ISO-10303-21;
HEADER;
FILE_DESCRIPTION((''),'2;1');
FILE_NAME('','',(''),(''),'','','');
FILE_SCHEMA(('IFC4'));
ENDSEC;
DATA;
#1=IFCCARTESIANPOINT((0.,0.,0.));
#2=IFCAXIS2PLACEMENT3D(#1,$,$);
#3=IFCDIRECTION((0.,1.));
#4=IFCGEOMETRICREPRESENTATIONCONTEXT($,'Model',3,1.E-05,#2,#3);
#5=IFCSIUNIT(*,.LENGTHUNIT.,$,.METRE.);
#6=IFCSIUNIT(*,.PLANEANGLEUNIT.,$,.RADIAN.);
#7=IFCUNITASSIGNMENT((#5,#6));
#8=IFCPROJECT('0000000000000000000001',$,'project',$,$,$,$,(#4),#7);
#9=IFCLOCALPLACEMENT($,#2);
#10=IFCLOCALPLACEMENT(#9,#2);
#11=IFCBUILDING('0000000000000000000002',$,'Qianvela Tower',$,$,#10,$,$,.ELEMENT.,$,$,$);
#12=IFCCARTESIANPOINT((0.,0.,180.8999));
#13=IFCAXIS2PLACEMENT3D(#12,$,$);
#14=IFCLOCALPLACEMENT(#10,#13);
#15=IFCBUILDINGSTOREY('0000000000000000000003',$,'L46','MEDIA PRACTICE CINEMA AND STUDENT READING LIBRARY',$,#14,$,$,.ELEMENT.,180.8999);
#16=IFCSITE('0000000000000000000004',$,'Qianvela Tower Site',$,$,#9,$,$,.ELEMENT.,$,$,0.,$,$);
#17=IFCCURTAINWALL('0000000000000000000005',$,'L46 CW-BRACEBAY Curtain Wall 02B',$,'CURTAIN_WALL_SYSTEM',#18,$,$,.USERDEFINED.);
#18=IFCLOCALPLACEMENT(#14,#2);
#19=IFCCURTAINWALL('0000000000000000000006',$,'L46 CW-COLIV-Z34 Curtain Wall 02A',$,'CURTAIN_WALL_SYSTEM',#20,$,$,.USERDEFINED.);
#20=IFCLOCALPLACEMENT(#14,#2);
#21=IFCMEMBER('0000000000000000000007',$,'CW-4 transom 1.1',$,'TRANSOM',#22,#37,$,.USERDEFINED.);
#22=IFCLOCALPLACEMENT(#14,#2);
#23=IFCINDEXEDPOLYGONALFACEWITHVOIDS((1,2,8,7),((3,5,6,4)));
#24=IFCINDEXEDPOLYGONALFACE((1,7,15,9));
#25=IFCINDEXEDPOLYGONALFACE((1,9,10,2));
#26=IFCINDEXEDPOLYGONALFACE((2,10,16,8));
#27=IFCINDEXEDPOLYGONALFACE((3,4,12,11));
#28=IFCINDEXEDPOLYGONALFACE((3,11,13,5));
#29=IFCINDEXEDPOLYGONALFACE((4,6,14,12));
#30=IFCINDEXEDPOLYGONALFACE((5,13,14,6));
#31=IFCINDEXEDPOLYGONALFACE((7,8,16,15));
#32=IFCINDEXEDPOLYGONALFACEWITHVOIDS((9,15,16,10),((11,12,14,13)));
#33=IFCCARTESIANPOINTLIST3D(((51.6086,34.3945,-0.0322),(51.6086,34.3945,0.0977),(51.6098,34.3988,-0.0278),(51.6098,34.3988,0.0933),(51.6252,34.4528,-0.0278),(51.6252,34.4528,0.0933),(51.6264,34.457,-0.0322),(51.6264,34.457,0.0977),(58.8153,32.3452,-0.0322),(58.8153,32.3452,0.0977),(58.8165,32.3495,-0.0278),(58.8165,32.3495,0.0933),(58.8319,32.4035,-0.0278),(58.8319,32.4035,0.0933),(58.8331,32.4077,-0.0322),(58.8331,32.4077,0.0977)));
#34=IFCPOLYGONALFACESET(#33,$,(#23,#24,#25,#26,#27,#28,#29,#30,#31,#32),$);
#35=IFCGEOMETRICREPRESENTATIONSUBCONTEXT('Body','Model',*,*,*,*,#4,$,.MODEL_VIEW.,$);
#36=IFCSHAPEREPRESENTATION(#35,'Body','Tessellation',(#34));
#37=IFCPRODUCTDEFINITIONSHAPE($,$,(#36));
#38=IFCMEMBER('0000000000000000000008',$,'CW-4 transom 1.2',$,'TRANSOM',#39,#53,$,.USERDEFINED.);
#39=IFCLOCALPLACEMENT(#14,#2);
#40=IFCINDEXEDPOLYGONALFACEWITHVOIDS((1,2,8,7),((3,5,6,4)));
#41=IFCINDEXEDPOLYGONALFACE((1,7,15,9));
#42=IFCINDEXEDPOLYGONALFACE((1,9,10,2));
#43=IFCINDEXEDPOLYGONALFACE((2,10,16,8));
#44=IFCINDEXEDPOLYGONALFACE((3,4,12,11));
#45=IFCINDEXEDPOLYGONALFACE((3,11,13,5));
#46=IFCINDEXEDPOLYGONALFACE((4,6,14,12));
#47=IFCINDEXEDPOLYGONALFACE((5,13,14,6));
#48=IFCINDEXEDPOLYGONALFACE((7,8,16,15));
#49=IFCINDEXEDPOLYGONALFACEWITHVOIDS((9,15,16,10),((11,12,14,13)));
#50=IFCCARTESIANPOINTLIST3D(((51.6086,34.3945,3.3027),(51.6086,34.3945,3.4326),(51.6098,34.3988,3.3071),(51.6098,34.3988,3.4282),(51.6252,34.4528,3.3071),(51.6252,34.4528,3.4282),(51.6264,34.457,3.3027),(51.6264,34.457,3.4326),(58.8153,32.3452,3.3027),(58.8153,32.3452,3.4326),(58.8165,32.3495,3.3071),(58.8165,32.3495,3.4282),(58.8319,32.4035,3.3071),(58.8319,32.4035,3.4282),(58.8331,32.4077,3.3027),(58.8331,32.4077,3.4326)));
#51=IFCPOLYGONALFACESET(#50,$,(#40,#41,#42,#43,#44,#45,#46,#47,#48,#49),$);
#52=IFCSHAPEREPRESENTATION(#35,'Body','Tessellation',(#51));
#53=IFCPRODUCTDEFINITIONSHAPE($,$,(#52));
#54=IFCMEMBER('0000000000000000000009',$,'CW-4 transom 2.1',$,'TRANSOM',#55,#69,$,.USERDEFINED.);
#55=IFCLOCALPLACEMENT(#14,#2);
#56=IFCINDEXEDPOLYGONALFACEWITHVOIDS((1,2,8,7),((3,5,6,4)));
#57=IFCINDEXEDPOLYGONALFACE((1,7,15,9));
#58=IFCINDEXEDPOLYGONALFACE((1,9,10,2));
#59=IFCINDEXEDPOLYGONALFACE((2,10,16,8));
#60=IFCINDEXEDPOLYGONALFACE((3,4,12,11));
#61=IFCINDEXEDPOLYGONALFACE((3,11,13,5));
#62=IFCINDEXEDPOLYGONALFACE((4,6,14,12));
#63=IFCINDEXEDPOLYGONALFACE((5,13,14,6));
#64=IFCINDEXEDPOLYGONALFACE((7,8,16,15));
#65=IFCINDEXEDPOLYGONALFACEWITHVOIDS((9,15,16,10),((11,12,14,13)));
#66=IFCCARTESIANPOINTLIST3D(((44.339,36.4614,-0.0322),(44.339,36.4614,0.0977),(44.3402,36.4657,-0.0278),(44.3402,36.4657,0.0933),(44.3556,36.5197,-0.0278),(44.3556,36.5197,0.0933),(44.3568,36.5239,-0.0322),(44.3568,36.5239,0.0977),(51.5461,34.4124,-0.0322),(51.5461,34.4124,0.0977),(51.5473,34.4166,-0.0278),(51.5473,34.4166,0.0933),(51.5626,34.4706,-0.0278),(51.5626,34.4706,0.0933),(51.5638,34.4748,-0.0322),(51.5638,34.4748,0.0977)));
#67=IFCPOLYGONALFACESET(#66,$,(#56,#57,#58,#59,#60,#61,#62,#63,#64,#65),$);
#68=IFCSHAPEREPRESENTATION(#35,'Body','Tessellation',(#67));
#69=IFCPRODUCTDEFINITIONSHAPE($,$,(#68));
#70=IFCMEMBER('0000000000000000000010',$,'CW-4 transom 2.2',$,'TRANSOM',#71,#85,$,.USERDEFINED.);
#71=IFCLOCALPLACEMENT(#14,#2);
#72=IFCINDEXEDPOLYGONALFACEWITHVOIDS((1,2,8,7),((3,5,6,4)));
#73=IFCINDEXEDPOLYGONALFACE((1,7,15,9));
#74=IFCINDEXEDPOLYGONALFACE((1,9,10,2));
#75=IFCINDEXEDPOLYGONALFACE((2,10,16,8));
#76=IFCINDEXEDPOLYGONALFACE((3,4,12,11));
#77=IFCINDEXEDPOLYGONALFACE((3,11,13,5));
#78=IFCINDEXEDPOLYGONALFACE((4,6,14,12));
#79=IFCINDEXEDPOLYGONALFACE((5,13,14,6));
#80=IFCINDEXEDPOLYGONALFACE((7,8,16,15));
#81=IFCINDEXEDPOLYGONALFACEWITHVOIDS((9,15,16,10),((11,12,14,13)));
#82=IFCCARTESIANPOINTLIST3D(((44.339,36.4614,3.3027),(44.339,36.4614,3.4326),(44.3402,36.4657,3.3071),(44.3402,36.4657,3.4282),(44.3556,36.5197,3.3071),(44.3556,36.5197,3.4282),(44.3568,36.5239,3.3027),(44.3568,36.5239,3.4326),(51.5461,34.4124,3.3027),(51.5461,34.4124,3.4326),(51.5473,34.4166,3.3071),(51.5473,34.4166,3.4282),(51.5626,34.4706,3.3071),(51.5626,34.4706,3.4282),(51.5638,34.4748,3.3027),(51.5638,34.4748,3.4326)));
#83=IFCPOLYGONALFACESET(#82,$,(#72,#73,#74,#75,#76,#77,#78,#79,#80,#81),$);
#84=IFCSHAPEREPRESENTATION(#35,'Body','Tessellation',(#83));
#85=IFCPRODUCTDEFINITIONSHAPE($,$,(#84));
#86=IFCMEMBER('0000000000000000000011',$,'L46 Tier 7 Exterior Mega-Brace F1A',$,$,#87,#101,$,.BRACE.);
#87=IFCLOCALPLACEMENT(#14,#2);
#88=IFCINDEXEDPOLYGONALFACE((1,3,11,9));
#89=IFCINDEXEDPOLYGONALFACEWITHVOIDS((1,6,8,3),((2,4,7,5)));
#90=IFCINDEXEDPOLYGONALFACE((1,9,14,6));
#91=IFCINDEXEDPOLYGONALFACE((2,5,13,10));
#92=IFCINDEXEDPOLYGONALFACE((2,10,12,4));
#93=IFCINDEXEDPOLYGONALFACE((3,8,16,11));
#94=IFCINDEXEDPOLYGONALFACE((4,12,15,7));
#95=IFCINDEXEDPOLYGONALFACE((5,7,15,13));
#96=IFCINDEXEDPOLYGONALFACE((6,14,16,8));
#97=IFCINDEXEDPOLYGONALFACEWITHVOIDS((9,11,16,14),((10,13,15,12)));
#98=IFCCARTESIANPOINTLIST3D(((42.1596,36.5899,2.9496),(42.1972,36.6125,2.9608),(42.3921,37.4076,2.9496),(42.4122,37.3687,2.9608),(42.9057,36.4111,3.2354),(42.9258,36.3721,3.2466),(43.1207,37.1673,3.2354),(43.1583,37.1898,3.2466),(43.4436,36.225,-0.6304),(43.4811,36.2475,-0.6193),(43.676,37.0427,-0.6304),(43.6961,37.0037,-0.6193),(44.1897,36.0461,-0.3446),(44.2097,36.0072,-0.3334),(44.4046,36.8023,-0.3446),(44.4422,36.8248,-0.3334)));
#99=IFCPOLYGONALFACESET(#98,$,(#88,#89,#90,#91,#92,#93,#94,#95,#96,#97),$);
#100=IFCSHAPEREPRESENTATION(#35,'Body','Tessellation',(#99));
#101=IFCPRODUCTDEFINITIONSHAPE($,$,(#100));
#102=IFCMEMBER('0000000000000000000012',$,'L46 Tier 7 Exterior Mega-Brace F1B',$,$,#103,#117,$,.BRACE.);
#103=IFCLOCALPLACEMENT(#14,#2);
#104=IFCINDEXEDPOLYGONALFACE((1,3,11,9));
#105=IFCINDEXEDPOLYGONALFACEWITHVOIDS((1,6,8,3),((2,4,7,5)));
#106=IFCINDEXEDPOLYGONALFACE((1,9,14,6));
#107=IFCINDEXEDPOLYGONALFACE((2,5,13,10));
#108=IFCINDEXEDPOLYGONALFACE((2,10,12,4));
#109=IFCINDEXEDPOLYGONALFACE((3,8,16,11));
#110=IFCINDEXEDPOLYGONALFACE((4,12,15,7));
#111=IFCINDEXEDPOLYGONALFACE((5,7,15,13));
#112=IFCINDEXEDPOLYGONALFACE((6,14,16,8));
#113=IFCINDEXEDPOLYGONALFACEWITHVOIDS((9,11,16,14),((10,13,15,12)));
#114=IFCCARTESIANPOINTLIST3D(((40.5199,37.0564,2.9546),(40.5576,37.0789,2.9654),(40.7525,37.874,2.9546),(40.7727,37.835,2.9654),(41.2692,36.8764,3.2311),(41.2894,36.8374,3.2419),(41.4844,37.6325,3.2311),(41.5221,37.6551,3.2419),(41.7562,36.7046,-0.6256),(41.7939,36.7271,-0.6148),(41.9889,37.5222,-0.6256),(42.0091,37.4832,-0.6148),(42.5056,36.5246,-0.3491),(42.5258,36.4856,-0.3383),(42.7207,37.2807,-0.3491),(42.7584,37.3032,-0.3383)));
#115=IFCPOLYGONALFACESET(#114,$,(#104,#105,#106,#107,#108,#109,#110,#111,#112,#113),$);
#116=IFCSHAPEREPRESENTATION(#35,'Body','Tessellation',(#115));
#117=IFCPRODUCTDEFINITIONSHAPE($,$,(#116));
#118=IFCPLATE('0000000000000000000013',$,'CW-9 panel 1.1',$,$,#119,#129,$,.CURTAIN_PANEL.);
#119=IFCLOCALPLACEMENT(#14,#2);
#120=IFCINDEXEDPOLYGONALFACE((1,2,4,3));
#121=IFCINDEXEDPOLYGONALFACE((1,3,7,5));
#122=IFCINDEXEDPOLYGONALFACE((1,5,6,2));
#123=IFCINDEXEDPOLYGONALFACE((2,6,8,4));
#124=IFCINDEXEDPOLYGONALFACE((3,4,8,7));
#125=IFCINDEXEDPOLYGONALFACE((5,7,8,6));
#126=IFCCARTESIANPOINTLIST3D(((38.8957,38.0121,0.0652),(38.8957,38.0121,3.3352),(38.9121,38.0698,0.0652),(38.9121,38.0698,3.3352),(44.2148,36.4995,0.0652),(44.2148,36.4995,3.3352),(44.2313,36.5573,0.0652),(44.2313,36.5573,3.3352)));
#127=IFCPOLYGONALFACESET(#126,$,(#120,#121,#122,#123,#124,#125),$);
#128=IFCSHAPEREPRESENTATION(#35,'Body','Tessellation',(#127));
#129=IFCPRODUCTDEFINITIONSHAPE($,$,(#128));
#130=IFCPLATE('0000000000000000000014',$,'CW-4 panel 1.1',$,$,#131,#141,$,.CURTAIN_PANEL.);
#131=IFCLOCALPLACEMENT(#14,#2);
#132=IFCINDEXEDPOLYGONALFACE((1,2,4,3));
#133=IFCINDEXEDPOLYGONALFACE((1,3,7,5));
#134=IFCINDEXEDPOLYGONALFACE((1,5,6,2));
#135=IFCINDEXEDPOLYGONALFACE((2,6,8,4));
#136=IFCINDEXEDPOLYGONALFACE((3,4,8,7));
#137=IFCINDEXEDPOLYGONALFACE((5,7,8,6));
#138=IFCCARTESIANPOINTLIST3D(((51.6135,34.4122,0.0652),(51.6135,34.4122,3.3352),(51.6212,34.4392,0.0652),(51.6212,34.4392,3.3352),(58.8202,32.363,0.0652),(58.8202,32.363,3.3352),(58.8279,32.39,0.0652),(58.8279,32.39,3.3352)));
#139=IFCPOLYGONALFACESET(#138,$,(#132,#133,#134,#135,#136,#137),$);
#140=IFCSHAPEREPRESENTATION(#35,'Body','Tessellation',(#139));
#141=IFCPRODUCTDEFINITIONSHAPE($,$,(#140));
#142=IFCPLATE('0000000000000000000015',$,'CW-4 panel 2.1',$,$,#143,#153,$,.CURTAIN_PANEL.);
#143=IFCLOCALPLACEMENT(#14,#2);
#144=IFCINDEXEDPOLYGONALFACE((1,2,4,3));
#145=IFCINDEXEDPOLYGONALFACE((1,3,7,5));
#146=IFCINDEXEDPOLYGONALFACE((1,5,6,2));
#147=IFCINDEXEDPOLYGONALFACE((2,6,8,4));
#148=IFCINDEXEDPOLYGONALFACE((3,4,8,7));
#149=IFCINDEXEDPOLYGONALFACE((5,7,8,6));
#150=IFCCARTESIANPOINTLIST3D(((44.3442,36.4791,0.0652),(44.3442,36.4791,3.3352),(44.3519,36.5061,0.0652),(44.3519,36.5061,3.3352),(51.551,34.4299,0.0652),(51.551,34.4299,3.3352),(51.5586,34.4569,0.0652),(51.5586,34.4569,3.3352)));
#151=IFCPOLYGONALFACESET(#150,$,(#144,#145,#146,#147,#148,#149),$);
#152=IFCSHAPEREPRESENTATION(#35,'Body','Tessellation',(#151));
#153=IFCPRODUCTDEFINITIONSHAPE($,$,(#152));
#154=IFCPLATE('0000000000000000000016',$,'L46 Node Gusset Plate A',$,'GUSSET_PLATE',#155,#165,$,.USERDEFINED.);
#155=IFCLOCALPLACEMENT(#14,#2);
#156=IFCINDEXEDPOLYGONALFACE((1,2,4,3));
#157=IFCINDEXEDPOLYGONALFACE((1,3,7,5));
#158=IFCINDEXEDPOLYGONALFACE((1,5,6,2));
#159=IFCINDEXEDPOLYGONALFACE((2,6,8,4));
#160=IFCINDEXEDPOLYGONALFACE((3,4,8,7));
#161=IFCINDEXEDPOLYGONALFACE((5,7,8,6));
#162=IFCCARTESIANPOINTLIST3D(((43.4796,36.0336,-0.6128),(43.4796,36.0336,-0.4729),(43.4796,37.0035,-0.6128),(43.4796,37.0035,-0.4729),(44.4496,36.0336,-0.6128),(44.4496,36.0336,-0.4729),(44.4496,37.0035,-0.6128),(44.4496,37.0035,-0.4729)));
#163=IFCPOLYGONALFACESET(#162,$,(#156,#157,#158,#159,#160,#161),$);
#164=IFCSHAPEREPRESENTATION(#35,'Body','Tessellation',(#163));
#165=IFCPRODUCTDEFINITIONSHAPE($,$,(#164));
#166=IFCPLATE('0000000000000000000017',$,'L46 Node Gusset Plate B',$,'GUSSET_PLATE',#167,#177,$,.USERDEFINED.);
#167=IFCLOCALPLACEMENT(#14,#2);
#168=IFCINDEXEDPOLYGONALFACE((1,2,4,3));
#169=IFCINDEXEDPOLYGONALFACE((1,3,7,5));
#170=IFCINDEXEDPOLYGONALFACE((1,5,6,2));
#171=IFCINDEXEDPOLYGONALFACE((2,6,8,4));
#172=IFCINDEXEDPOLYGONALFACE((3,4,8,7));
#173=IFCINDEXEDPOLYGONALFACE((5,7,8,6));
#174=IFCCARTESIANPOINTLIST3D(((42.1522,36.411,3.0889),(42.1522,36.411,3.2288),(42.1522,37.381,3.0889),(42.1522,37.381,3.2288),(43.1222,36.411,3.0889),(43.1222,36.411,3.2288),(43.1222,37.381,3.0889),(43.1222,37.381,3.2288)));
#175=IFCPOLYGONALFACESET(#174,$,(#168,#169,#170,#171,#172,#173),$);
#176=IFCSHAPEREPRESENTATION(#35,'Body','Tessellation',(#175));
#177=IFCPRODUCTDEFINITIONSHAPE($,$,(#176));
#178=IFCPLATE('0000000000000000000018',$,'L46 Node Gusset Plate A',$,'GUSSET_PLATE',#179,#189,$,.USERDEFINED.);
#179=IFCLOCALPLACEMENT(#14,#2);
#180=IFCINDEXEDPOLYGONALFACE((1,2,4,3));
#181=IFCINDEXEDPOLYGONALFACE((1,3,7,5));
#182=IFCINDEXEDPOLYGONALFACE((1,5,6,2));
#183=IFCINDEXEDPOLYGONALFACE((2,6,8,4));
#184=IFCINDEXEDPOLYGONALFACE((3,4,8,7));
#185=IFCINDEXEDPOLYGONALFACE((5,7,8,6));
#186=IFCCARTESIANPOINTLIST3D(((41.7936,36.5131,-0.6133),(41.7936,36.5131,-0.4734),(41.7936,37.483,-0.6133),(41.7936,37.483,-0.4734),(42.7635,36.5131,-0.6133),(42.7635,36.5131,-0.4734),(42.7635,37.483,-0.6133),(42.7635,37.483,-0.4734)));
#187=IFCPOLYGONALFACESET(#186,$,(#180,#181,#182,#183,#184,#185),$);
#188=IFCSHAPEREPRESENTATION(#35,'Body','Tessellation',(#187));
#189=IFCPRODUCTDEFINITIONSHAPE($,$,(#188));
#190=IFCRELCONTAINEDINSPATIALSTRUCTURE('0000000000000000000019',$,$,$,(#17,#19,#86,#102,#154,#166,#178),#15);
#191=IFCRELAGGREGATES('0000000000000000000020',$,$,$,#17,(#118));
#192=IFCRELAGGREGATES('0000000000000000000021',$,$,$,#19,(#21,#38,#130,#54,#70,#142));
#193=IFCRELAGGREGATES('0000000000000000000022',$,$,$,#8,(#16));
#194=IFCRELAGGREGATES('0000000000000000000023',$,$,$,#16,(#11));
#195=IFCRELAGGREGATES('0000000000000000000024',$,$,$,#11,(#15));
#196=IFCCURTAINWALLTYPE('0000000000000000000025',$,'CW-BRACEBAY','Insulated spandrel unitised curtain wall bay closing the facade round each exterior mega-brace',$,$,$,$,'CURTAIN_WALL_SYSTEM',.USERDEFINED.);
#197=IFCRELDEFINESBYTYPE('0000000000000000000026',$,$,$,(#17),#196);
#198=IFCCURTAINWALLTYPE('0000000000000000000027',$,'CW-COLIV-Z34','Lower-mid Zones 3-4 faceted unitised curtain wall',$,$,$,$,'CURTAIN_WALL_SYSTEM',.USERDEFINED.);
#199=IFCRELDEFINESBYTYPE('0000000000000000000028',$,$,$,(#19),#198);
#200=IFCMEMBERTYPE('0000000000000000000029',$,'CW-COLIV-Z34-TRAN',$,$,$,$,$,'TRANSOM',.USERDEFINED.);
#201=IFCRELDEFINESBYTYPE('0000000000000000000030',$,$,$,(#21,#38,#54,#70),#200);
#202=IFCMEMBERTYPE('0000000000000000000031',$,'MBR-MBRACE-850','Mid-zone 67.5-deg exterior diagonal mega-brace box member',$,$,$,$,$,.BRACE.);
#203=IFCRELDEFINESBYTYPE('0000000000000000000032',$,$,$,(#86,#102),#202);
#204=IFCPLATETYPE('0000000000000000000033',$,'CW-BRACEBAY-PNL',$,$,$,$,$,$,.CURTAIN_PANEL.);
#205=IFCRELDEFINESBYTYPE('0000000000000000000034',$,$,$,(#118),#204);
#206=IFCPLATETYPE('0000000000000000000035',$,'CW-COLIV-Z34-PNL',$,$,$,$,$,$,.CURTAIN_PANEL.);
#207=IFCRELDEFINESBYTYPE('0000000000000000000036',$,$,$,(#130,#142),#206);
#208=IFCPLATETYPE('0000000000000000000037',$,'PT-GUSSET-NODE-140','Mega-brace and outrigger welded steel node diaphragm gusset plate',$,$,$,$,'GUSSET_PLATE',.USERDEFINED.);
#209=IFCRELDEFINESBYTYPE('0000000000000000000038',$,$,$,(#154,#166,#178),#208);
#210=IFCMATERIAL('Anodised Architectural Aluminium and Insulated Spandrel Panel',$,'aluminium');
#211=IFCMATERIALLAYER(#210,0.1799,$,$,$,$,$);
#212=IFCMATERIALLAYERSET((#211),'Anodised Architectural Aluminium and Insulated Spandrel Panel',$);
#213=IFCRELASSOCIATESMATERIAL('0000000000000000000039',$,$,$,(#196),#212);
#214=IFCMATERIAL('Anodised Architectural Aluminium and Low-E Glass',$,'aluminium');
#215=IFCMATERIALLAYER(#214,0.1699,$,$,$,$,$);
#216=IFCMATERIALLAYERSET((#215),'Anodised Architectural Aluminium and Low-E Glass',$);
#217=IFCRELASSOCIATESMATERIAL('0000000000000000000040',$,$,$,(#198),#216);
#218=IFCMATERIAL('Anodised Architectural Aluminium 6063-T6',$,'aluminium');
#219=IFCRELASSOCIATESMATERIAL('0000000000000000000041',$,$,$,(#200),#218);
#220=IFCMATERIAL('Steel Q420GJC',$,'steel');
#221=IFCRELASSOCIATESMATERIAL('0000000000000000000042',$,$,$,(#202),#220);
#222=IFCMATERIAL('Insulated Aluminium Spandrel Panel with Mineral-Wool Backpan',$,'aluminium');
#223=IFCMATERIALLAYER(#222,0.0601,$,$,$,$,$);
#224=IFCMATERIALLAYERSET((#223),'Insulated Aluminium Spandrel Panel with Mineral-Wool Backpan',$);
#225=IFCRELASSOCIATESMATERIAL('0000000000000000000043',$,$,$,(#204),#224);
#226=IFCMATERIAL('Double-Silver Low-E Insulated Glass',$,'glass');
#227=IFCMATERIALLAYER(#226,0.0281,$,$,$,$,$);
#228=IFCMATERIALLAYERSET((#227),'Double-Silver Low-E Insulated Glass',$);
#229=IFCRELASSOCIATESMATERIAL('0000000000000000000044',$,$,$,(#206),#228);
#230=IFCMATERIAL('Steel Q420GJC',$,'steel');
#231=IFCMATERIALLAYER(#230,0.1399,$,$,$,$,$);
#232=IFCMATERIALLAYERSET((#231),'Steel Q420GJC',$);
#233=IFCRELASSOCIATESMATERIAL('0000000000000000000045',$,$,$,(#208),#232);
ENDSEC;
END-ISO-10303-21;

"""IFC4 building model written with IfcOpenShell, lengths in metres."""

from ifc_helpers import new_model, si_unit, direction, frame, origin, origin_2d, place, context, subcontext, project, spatial, rectangle, hollow_rectangle, extrude, material, layer, layer_set, material_profile, profile_set, type_object, element, aggregate, save


model = new_model("IFC4")

# Units and contexts
model_context = context("Model", 3, precision=1e-05, world=origin(), true_north=direction((0.0, 1.0)))
body_context = subcontext(model_context, "Body", "Model", "MODEL_VIEW")
ifc_project = project(units=[si_unit("LENGTHUNIT", "METRE"), si_unit("PLANEANGLEUNIT", "RADIAN")], contexts=[model_context])

# Site, building, storey
site_placement = place(None, origin())
site = spatial("IfcSite", under=ifc_project, at=site_placement, Name="Qianvela Tower Site", CompositionType="ELEMENT", RefElevation=0.0)
building_placement = place(site_placement, origin())
building = spatial("IfcBuilding", under=site, at=building_placement, Name="Qianvela Tower", CompositionType="ELEMENT")
storey_placement = place(building_placement, frame((0.0, 0.0, 180.8999)))
storey = spatial("IfcBuildingStorey", under=building, at=storey_placement, Name="L46", Description="MEDIA PRACTICE CINEMA AND STUDENT READING LIBRARY", CompositionType="ELEMENT", Elevation=180.8999)

# Curtain walls, members
ifc_material_1 = material(Name="Anodised Architectural Aluminium and Insulated Spandrel Panel", Category="aluminium")
ifc_layer_1 = layer(ifc_material_1, 0.1799)
ifc_layer_set_1 = layer_set([ifc_layer_1], Name="Anodised Architectural Aluminium and Insulated Spandrel Panel")
curtain_wall_type_1 = type_object("IfcCurtainWallType", Name="CW-BRACEBAY", Description="Insulated spandrel unitised curtain wall bay closing the facade round each exterior mega-brace", ElementType="CURTAIN_WALL_SYSTEM", PredefinedType="USERDEFINED", material=ifc_layer_set_1)
curtain_wall_1_placement = place(storey_placement, origin())
curtain_wall_1 = element("IfcCurtainWall", 1, at=curtain_wall_1_placement, inside=storey, type_object=curtain_wall_type_1, Name="L46 CW-BRACEBAY Curtain Wall 02B", ObjectType="CURTAIN_WALL_SYSTEM", PredefinedType="USERDEFINED")
ifc_material_2 = material(Name="Anodised Architectural Aluminium and Low-E Glass", Category="aluminium")
ifc_layer_2 = layer(ifc_material_2, 0.1699)
ifc_layer_set_2 = layer_set([ifc_layer_2], Name="Anodised Architectural Aluminium and Low-E Glass")
curtain_wall_type_2 = type_object("IfcCurtainWallType", Name="CW-COLIV-Z34", Description="Lower-mid Zones 3-4 faceted unitised curtain wall", ElementType="CURTAIN_WALL_SYSTEM", PredefinedType="USERDEFINED", material=ifc_layer_set_2)
curtain_wall_2_placement = place(storey_placement, origin())
curtain_wall_2 = element("IfcCurtainWall", 2, at=curtain_wall_2_placement, inside=storey, type_object=curtain_wall_type_2, Name="L46 CW-COLIV-Z34 Curtain Wall 02A", ObjectType="CURTAIN_WALL_SYSTEM", PredefinedType="USERDEFINED")
ifc_material_3 = material(Name="Anodised Architectural Aluminium 6063-T6", Category="aluminium")
ifc_material_profile_1 = material_profile(ifc_material_3, hollow_rectangle(XDim=0.0649, YDim=0.1299, WallThickness=0.0044, at=origin_2d()), Name="ALU-TRAN-65x130")
ifc_profile_set_1 = profile_set([ifc_material_profile_1], Name="Anodised Architectural Aluminium 6063-T6")
member_type_1 = type_object("IfcMemberType", Name="CW-COLIV-Z34-TRAN", ElementType="TRANSOM", PredefinedType="USERDEFINED", material=ifc_profile_set_1)
member_1_placement = place(storey_placement, frame((58.8242, 32.3765, 0.0327), z_axis=(-0.961867, 0.273516, 0.0), x_axis=(-0.273516, -0.961867, 0.0)))
member_1 = element("IfcMember", 3, at=member_1_placement, type_object=member_type_1, Name="CW-4 transom 1.1", ObjectType="TRANSOM", PredefinedType="USERDEFINED", context=body_context, shape_type="SweptSolid", body=[
    extrude(hollow_rectangle(XDim=0.0649, YDim=0.1299, WallThickness=0.0044, at=origin_2d()), origin(), (0.0, 0.0, 1.0), 7.4924),
])
member_2_placement = place(storey_placement, frame((58.8242, 32.3765, 3.3677), z_axis=(-0.961867, 0.273516, 0.0), x_axis=(-0.273516, -0.961867, 0.0)))
member_2 = element("IfcMember", 4, at=member_2_placement, type_object=member_type_1, Name="CW-4 transom 1.2", ObjectType="TRANSOM", PredefinedType="USERDEFINED", context=body_context, shape_type="SweptSolid", body=[
    extrude(hollow_rectangle(XDim=0.0649, YDim=0.1299, WallThickness=0.0044, at=origin_2d()), origin(), (0.0, 0.0, 1.0), 7.4924),
])
member_3_placement = place(storey_placement, frame((51.5549, 34.4436, 0.0327), z_axis=(-0.961878, 0.273477, 0.0), x_axis=(-0.273477, -0.961878, 0.0)))
member_3 = element("IfcMember", 5, at=member_3_placement, type_object=member_type_1, Name="CW-4 transom 2.1", ObjectType="TRANSOM", PredefinedType="USERDEFINED", context=body_context, shape_type="SweptSolid", body=[
    extrude(hollow_rectangle(XDim=0.0649, YDim=0.1299, WallThickness=0.0044, at=origin_2d()), origin(), (0.0, 0.0, 1.0), 7.4927),
])
member_4_placement = place(storey_placement, frame((51.5549, 34.4436, 3.3677), z_axis=(-0.961878, 0.273477, 0.0), x_axis=(-0.273477, -0.961878, 0.0)))
member_4 = element("IfcMember", 6, at=member_4_placement, type_object=member_type_1, Name="CW-4 transom 2.2", ObjectType="TRANSOM", PredefinedType="USERDEFINED", context=body_context, shape_type="SweptSolid", body=[
    extrude(hollow_rectangle(XDim=0.0649, YDim=0.1299, WallThickness=0.0044, at=origin_2d()), origin(), (0.0, 0.0, 1.0), 7.4927),
])

# Members
ifc_material_4 = material(Name="Steel Q420GJC", Category="steel")
ifc_material_profile_2 = material_profile(ifc_material_4, hollow_rectangle(XDim=0.8501, YDim=0.8501, WallThickness=0.032, at=origin_2d()), Name="MBOX-850x850x32")
ifc_profile_set_2 = profile_set([ifc_material_profile_2], Name="Steel Q420GJC")
member_type_2 = type_object("IfcMemberType", Name="MBR-MBRACE-850", Description="Mid-zone 67.5-deg exterior diagonal mega-brace box member", PredefinedType="BRACE", material=ifc_profile_set_2)
member_5_placement = place(storey_placement, frame((43.9429, 36.5249, -0.4819), z_axis=(-0.336037, 0.095527, 0.936992), x_axis=(-0.273441, -0.961889, 0.0)))
element("IfcMember", 7, at=member_5_placement, inside=storey, type_object=member_type_2, Name="L46 Tier 7 Exterior Mega-Brace F1A", PredefinedType="BRACE", context=body_context, shape_type="SweptSolid", body=[
    extrude(hollow_rectangle(XDim=0.8501, YDim=0.8501, WallThickness=0.032, at=origin_2d()), origin(), (0.0, 0.0, 1.0), 3.8208),
])
member_6_placement = place(storey_placement, frame((42.2573, 37.0039, -0.4819), z_axis=(-0.325021, 0.092487, 0.941174), x_axis=(-0.273692, -0.961817, 0.0)))
element("IfcMember", 8, at=member_6_placement, inside=storey, type_object=member_type_2, Name="L46 Tier 7 Exterior Mega-Brace F1B", PredefinedType="BRACE", context=body_context, shape_type="SweptSolid", body=[
    extrude(hollow_rectangle(XDim=0.8501, YDim=0.8501, WallThickness=0.032, at=origin_2d()), origin(), (0.0, 0.0, 1.0), 3.804),
])

# Plates
ifc_material_5 = material(Name="Insulated Aluminium Spandrel Panel with Mineral-Wool Backpan", Category="aluminium")
ifc_layer_3 = layer(ifc_material_5, 0.0601)
ifc_layer_set_3 = layer_set([ifc_layer_3], Name="Insulated Aluminium Spandrel Panel with Mineral-Wool Backpan")
plate_type_1 = type_object("IfcPlateType", Name="CW-BRACEBAY-PNL", PredefinedType="CURTAIN_PANEL", material=ifc_layer_set_3)
plate_1_placement = place(storey_placement, frame((41.5635, 37.2847, 0.0652), z_axis=(0.0, 0.0, 1.0), x_axis=(-0.961868, 0.273515, 0.0)))
plate_1 = element("IfcPlate", 9, at=plate_1_placement, type_object=plate_type_1, Name="CW-9 panel 1.1", PredefinedType="CURTAIN_PANEL", context=body_context, shape_type="SweptSolid", body=[
    extrude(rectangle(XDim=5.53, YDim=0.0601, at=origin_2d()), origin(), (0.0, 0.0, 1.0), 3.27),
])
aggregate(curtain_wall_1, [plate_1])
ifc_material_6 = material(Name="Double-Silver Low-E Insulated Glass", Category="glass")
ifc_layer_4 = layer(ifc_material_6, 0.0281)
ifc_layer_set_4 = layer_set([ifc_layer_4], Name="Double-Silver Low-E Insulated Glass")
plate_type_2 = type_object("IfcPlateType", Name="CW-COLIV-Z34-PNL", PredefinedType="CURTAIN_PANEL", material=ifc_layer_set_4)
plate_2_placement = place(storey_placement, frame((55.2207, 33.4011, 0.0652), z_axis=(0.0, 0.0, 1.0), x_axis=(-0.961871, 0.273505, 0.0)))
plate_2 = element("IfcPlate", 10, at=plate_2_placement, type_object=plate_type_2, Name="CW-4 panel 1.1", PredefinedType="CURTAIN_PANEL", context=body_context, shape_type="SweptSolid", body=[
    extrude(rectangle(XDim=7.4924, YDim=0.0281, at=origin_2d()), origin(), (0.0, 0.0, 1.0), 3.27),
])
plate_3_placement = place(storey_placement, frame((47.9514, 35.468, 0.0652), z_axis=(0.0, 0.0, 1.0), x_axis=(-0.961871, 0.273505, 0.0)))
plate_3 = element("IfcPlate", 11, at=plate_3_placement, type_object=plate_type_2, Name="CW-4 panel 2.1", PredefinedType="CURTAIN_PANEL", context=body_context, shape_type="SweptSolid", body=[
    extrude(rectangle(XDim=7.4924, YDim=0.0281, at=origin_2d()), origin(), (0.0, 0.0, 1.0), 3.27),
])
aggregate(curtain_wall_2, [member_1, member_2, plate_2, member_3, member_4, plate_3])

# Plates
ifc_material_7 = material(Name="Steel Q420GJC", Category="steel")
ifc_layer_5 = layer(ifc_material_7, 0.1399)
ifc_layer_set_5 = layer_set([ifc_layer_5], Name="Steel Q420GJC")
plate_type_3 = type_object("IfcPlateType", Name="PT-GUSSET-NODE-140", Description="Mega-brace and outrigger welded steel node diaphragm gusset plate", ElementType="GUSSET_PLATE", PredefinedType="USERDEFINED", material=ifc_layer_set_5)
for number, where, z_axis, x_axis, name in (
    (12, (43.9646, 36.5186, -0.6128), (0.0, 0.0, 1.0), (1.0, 0.0, 0.0), "L46 Node Gusset Plate A"),
    (13, (42.6372, 36.896, 3.0889), (0.0, 0.0, 1.0), (1.0, 0.0, 0.0), "L46 Node Gusset Plate B"),
    (14, (42.2786, 36.998, -0.6133), (0.0, 0.0, 1.0), (1.0, 0.0, 0.0), "L46 Node Gusset Plate A"),
):
    element("IfcPlate", number, at=place(storey_placement, frame(where, z_axis=z_axis, x_axis=x_axis)), inside=storey, type_object=plate_type_3, Name=name, ObjectType="GUSSET_PLATE", PredefinedType="USERDEFINED", context=body_context, shape_type="SweptSolid", body=[
        extrude(rectangle(XDim=0.97, YDim=0.97, at=origin_2d()), origin(), (0.0, 0.0, 1.0), 0.1399),
    ])

save(model, "model.ifc")
